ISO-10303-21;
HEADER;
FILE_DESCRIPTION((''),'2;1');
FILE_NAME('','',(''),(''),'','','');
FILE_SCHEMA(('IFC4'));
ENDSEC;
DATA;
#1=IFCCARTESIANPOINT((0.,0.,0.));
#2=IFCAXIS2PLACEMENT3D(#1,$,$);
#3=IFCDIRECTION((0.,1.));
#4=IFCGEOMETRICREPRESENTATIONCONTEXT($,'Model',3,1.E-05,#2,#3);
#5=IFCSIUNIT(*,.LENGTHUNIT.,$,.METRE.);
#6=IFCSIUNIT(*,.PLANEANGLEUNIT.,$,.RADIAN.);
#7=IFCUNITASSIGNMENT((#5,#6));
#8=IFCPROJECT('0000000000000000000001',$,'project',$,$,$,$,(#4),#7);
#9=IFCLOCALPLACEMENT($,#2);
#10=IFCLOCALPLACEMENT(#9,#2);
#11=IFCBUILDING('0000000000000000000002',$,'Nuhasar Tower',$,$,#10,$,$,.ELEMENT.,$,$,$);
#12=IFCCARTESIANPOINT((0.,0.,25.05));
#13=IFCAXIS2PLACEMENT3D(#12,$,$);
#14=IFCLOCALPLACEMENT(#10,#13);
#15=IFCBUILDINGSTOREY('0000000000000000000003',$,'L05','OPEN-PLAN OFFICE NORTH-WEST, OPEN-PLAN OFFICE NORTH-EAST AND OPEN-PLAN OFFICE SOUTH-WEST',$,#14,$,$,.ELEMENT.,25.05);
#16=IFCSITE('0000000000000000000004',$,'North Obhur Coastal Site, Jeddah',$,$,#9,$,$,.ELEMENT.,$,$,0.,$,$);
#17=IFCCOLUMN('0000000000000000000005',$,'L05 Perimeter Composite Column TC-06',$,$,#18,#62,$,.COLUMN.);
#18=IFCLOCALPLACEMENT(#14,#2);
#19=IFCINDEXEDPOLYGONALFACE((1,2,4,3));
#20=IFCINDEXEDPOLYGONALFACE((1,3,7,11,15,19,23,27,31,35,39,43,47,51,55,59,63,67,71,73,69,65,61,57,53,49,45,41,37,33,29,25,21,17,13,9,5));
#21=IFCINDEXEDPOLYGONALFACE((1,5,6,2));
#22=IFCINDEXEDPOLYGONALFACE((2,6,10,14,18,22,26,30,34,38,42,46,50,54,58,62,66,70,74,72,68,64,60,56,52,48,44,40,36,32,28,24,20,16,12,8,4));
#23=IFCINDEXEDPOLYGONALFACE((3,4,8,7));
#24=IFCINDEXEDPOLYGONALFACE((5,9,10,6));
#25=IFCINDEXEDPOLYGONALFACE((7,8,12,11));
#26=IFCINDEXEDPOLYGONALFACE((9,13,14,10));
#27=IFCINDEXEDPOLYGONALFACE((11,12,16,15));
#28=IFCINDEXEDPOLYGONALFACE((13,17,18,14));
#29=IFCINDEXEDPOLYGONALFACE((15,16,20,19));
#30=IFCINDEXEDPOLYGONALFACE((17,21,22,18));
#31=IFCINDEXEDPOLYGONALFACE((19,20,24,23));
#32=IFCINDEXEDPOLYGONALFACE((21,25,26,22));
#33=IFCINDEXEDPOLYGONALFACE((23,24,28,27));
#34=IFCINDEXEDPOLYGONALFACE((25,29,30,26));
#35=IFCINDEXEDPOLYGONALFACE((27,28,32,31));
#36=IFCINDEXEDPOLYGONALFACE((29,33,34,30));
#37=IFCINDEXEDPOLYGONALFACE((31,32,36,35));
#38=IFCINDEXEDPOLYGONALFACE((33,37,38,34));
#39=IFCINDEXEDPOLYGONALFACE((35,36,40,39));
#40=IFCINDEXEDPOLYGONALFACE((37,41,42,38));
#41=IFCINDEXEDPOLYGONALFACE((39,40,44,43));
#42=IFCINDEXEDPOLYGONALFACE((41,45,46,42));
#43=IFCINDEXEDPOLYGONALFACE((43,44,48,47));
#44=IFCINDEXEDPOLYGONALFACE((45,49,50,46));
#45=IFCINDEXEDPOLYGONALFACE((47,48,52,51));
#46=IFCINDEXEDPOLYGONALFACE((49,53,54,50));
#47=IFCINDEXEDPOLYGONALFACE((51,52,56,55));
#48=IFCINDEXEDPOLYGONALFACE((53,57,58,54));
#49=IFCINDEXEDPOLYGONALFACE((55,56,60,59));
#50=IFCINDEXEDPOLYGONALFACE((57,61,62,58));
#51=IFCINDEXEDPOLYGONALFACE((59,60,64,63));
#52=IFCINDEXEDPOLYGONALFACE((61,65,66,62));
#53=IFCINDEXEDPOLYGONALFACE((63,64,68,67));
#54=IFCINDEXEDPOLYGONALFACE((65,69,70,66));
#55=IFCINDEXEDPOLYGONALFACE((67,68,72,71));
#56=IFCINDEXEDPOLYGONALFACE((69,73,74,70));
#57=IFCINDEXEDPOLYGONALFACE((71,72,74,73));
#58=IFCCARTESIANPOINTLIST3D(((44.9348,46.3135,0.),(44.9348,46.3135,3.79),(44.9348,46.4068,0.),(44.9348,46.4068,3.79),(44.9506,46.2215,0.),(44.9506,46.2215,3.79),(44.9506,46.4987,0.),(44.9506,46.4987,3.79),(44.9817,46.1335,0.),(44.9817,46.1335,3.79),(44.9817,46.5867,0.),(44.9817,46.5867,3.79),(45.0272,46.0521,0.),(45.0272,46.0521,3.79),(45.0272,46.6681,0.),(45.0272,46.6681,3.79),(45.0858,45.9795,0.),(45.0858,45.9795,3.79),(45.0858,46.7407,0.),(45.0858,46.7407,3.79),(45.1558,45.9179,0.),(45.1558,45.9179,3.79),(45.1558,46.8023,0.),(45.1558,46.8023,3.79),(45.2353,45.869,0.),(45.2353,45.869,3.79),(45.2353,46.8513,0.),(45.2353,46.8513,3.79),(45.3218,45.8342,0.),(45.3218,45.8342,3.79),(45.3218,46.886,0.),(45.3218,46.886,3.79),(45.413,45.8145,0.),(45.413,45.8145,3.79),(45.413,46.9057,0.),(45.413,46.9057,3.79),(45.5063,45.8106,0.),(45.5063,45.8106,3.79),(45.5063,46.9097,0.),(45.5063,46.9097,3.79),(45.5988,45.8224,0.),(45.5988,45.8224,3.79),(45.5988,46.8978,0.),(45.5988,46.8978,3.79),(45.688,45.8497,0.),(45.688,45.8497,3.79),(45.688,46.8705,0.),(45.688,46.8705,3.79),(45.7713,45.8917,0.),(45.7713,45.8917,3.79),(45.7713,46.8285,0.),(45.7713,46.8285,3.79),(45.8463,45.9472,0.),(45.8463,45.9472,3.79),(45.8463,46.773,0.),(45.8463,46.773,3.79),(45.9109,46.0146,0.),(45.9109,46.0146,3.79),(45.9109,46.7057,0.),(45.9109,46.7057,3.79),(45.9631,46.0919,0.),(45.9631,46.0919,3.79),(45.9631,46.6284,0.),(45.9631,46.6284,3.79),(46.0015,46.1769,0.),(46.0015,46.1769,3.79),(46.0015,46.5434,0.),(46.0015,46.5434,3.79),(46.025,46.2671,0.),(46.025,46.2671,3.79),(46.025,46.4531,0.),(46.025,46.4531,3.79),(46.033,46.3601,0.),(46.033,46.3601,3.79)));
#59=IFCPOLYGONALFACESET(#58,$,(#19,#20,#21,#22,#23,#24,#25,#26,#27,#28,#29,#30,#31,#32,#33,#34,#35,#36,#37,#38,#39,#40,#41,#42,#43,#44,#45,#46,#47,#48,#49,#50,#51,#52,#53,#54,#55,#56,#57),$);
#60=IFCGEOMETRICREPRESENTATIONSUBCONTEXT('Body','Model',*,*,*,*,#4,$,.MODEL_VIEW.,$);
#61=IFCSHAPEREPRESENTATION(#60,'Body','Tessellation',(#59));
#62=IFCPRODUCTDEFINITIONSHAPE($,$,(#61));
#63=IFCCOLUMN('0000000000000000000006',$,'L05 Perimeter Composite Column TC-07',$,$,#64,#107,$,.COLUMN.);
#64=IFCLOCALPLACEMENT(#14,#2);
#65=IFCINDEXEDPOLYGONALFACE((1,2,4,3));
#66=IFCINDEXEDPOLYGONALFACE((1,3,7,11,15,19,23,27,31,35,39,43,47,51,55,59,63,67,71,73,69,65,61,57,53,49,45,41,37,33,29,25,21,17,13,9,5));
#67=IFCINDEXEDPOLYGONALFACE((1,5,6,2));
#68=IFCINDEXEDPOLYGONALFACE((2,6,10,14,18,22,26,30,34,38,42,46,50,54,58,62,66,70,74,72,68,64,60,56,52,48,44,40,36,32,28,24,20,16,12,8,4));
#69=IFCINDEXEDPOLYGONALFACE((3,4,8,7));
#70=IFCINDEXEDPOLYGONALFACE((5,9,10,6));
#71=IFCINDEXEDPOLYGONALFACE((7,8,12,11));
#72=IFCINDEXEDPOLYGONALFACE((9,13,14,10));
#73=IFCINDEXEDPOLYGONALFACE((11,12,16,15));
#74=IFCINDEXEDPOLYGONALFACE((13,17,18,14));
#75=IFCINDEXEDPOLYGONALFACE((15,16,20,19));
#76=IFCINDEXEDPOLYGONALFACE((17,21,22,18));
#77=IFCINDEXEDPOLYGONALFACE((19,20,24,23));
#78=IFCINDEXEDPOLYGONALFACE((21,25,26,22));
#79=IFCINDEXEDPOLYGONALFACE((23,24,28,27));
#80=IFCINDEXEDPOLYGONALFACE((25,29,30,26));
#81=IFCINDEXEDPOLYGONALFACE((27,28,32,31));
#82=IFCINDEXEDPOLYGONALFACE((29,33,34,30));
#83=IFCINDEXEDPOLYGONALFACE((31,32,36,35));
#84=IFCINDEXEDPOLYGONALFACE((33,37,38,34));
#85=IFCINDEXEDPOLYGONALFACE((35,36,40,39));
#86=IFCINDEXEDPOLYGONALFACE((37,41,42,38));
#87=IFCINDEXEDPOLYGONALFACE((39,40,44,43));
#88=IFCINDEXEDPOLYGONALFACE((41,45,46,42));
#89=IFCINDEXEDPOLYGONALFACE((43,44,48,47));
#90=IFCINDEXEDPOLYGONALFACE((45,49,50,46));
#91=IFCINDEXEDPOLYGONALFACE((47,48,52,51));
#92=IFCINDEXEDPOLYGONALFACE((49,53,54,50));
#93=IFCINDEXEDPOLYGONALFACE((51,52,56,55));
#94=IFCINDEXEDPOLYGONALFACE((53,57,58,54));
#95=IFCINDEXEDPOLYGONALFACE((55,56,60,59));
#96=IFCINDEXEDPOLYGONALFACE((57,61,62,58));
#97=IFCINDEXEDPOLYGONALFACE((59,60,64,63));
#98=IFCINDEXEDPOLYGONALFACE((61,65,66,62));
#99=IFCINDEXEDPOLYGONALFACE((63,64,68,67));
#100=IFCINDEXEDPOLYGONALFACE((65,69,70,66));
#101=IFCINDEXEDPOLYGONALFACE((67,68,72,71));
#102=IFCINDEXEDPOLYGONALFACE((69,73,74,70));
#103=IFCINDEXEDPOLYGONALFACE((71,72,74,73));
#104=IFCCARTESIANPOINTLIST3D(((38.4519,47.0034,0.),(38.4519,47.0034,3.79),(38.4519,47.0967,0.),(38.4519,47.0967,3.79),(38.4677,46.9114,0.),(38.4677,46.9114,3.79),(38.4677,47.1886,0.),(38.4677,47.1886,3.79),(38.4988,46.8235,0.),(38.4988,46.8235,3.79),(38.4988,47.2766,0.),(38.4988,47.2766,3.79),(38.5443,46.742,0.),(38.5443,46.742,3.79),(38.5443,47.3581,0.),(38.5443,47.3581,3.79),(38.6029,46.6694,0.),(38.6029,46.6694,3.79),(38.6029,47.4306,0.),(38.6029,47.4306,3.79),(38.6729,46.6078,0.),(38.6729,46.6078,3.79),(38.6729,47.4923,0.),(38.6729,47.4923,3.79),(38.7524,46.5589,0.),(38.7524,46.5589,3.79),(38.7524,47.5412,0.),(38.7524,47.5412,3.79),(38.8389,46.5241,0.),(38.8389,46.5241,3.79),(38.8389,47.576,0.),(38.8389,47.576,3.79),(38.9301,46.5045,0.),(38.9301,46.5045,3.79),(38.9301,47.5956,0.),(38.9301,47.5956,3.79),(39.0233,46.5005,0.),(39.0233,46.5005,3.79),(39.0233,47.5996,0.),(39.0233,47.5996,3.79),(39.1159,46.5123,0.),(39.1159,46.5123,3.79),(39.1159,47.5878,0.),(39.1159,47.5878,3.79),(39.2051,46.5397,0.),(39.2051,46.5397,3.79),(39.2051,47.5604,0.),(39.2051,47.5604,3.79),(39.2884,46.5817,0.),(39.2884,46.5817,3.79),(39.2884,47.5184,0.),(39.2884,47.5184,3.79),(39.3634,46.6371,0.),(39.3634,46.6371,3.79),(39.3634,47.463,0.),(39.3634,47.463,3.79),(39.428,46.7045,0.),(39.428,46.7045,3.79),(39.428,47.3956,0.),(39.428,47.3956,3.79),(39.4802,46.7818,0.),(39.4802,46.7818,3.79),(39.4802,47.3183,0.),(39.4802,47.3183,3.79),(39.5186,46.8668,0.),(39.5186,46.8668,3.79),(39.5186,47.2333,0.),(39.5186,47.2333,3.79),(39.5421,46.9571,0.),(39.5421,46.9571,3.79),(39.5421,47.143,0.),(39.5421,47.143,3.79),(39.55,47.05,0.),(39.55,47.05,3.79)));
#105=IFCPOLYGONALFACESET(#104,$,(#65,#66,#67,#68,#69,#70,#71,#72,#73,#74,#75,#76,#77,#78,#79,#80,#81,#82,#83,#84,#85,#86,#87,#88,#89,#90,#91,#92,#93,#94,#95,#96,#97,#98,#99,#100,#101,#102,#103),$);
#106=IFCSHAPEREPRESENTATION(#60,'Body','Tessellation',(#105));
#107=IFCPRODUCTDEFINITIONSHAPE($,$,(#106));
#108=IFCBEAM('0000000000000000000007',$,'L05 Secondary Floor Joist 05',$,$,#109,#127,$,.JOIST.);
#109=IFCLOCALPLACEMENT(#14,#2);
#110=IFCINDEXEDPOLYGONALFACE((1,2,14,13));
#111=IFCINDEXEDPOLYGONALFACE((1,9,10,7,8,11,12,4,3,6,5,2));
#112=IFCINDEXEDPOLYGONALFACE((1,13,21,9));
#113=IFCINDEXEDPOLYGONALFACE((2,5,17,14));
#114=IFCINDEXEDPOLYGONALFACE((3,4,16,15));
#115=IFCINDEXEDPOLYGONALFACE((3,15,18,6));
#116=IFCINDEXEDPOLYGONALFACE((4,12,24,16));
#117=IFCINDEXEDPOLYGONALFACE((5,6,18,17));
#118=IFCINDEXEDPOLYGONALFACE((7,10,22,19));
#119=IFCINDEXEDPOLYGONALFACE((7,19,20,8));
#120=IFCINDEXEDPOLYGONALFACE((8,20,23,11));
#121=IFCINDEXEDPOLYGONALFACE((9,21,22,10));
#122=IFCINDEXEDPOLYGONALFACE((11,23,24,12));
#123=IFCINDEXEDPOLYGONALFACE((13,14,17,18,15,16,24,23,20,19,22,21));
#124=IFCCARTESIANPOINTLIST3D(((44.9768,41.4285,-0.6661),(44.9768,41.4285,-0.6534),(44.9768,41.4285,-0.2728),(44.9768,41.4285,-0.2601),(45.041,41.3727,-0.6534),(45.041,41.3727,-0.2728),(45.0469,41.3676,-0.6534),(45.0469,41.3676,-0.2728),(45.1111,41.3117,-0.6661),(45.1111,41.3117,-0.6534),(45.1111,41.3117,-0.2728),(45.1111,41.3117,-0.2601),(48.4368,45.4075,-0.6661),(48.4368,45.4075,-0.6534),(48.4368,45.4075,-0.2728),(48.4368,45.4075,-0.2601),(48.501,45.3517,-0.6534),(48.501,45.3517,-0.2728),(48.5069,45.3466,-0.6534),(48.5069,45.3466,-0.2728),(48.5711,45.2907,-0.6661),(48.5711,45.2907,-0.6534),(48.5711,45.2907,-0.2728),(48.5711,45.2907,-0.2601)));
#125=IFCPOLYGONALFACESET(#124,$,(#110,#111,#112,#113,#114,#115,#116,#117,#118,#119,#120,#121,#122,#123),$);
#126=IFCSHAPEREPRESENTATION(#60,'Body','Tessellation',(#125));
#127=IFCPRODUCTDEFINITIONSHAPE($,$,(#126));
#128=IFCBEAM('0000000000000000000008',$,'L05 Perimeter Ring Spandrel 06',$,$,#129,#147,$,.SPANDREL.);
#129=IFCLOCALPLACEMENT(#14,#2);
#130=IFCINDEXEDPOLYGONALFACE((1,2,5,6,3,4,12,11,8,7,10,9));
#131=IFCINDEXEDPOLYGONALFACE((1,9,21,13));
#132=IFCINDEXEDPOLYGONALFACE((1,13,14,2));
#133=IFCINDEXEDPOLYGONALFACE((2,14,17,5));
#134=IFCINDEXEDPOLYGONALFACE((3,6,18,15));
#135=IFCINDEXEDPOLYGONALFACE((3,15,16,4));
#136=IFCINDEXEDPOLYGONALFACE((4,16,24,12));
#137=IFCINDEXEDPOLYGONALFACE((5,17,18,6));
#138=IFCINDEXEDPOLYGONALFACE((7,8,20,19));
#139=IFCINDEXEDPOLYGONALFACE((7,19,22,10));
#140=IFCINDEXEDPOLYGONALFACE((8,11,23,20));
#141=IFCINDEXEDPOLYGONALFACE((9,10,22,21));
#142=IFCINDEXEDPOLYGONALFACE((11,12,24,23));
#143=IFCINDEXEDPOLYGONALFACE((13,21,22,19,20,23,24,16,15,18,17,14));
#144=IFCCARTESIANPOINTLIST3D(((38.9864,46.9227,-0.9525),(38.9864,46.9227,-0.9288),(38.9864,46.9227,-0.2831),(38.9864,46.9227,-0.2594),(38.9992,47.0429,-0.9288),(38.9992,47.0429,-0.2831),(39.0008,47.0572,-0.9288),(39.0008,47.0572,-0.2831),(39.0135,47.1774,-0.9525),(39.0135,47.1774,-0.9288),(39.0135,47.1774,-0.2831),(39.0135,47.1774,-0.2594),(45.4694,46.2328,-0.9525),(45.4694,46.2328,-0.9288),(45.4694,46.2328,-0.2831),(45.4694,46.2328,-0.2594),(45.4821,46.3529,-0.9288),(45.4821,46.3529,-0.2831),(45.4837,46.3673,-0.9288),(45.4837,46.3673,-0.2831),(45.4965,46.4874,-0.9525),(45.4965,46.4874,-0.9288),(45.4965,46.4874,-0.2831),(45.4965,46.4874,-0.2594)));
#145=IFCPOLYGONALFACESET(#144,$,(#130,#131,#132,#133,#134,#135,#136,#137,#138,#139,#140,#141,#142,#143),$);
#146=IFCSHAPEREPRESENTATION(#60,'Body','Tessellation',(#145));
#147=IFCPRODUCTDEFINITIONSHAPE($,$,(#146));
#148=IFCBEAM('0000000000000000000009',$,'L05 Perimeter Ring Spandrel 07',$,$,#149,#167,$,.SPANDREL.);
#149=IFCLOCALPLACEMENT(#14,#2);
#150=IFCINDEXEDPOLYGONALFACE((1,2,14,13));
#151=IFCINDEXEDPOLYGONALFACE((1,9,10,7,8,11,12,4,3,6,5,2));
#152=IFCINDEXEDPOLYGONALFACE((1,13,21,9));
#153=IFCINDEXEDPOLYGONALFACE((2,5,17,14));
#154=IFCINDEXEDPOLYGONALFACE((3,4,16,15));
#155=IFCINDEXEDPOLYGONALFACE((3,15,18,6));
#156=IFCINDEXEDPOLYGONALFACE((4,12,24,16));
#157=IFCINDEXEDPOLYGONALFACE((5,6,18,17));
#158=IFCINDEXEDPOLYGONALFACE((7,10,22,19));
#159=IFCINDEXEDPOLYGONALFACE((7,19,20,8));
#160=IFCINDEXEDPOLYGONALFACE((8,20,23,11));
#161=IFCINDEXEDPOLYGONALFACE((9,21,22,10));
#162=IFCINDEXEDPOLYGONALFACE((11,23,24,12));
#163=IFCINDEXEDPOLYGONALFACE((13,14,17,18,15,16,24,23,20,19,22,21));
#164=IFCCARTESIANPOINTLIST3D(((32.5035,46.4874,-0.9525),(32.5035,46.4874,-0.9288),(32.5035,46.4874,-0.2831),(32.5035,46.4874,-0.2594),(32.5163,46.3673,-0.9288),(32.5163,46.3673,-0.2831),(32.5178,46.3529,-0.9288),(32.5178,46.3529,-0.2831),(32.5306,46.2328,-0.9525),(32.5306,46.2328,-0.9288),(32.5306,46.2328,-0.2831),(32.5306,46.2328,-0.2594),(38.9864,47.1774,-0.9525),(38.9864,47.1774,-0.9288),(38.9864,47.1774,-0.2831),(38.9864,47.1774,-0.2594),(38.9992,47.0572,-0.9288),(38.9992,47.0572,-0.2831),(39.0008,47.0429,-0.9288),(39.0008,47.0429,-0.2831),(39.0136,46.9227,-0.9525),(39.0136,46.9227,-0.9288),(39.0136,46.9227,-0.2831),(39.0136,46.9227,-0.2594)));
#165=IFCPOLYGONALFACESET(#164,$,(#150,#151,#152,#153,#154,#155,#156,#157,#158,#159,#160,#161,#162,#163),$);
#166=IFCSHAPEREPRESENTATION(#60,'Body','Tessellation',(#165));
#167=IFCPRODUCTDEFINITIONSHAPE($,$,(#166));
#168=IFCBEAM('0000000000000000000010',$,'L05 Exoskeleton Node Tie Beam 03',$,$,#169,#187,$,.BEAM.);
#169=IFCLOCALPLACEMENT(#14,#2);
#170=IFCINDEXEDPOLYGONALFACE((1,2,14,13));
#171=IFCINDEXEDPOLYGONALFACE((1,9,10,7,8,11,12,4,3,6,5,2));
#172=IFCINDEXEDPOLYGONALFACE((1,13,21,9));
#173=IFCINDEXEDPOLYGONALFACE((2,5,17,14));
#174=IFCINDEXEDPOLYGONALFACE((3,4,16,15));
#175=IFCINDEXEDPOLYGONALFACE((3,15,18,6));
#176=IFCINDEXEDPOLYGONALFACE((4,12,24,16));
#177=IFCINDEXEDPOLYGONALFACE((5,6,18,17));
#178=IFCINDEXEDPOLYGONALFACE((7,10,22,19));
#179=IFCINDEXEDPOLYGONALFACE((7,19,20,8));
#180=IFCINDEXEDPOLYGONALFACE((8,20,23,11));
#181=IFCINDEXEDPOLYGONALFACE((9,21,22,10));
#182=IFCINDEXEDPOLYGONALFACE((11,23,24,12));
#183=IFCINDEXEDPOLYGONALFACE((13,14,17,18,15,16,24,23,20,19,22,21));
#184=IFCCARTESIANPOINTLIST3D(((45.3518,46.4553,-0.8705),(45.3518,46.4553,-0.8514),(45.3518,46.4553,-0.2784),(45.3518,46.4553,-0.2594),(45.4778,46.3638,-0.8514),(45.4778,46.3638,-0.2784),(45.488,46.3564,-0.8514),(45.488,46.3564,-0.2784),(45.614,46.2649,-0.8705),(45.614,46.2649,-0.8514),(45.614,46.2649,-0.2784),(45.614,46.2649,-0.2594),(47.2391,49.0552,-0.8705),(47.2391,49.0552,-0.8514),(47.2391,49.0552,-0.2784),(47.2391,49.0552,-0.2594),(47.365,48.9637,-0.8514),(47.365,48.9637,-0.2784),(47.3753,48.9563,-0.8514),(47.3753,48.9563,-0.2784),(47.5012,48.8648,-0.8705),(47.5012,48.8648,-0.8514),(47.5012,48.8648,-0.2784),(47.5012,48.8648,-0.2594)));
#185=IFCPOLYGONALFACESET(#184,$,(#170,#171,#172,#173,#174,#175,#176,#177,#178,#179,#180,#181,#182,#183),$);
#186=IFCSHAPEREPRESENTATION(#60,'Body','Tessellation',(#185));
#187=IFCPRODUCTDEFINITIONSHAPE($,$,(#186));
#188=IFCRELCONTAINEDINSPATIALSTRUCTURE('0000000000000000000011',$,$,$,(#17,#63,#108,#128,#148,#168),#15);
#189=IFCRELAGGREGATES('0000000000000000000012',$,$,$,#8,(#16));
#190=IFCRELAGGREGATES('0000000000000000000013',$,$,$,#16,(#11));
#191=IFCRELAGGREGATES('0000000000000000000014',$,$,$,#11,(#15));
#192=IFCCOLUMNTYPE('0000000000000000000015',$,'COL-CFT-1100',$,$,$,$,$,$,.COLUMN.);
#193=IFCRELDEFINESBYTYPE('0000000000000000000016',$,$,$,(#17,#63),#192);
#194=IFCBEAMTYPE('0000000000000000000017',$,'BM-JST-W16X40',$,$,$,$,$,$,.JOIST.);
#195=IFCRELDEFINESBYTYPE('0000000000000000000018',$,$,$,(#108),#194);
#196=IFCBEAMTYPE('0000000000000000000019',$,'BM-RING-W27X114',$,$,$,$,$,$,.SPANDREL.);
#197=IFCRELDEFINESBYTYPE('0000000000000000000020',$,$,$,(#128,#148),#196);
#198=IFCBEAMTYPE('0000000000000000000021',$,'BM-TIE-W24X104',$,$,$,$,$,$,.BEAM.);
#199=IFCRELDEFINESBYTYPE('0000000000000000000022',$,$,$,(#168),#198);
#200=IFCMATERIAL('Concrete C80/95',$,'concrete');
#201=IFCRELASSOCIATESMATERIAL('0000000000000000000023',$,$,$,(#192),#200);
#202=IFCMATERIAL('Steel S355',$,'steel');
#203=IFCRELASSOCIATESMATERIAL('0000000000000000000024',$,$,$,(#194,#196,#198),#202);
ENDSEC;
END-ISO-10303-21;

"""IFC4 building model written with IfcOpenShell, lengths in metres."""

from ifc_helpers import new_model, si_unit, direction, frame, origin, origin_2d, place, context, subcontext, project, spatial, circle, i_section, extrude, material, material_profile, profile_set, type_object, element, save


model = new_model("IFC4")

# Units and contexts
model_context = context("Model", 3, precision=1e-05, world=origin(), true_north=direction((0.0, 1.0)))
body_context = subcontext(model_context, "Body", "Model", "MODEL_VIEW")
ifc_project = project(units=[si_unit("LENGTHUNIT", "METRE"), si_unit("PLANEANGLEUNIT", "RADIAN")], contexts=[model_context])

# Site, building, storey
site_placement = place(None, origin())
site = spatial("IfcSite", under=ifc_project, at=site_placement, Name="North Obhur Coastal Site, Jeddah", CompositionType="ELEMENT", RefElevation=0.0)
building_placement = place(site_placement, origin())
building = spatial("IfcBuilding", under=site, at=building_placement, Name="Nuhasar Tower", CompositionType="ELEMENT")
storey_placement = place(building_placement, frame((0.0, 0.0, 25.05)))
storey = spatial("IfcBuildingStorey", under=building, at=storey_placement, Name="L05", Description="OPEN-PLAN OFFICE NORTH-WEST, OPEN-PLAN OFFICE NORTH-EAST AND OPEN-PLAN OFFICE SOUTH-WEST", CompositionType="ELEMENT", Elevation=25.05)

# Columns
ifc_material_1 = material(Name="Concrete C80/95", Category="concrete")
ifc_material_profile_1 = material_profile(ifc_material_1, circle(Radius=0.55, at=origin_2d()), Name="CFT1100")
ifc_profile_set_1 = profile_set([ifc_material_profile_1], Name="Concrete C80/95")
column_type = type_object("IfcColumnType", Name="COL-CFT-1100", PredefinedType="COLUMN", material=ifc_profile_set_1)
for number, where, z_axis, x_axis, name in (
    (1, (45.4829, 46.3601, 0.0), (0.0, 0.0, 1.0), (1.0, 0.0, 0.0), "L05 Perimeter Composite Column TC-06"),
    (2, (39.0, 47.05, 0.0), (0.0, 0.0, 1.0), (1.0, 0.0, 0.0), "L05 Perimeter Composite Column TC-07"),
):
    element("IfcColumn", number, at=place(storey_placement, frame(where, z_axis=z_axis, x_axis=x_axis)), inside=storey, type_object=column_type, Name=name, PredefinedType="COLUMN", context=body_context, shape_type="SweptSolid", body=[
        extrude(circle(Radius=0.55, at=origin_2d()), origin(), (0.0, 0.0, 1.0), 3.79),
    ])

# Beams
ifc_material_2 = material(Name="Steel S355", Category="steel")
ifc_material_profile_2 = material_profile(ifc_material_2, i_section(OverallWidth=0.178, OverallDepth=0.406, WebThickness=0.0078, FlangeThickness=0.0127, at=origin_2d()), Name="W16X40")
ifc_profile_set_2 = profile_set([ifc_material_profile_2], Name="Steel S355")
beam_type_1 = type_object("IfcBeamType", Name="BM-JST-W16X40", PredefinedType="JOIST", material=ifc_profile_set_2)
beam_1_placement = place(storey_placement, frame((45.0439, 41.3701, -0.4631), z_axis=(0.656174, 0.75461, 0.0), x_axis=(-0.75461, 0.656174, 0.0)))
element("IfcBeam", 3, at=beam_1_placement, inside=storey, type_object=beam_type_1, Name="L05 Secondary Floor Joist 05", PredefinedType="JOIST", context=body_context, shape_type="SweptSolid", body=[
    extrude(i_section(OverallWidth=0.178, OverallDepth=0.406, WebThickness=0.0078, FlangeThickness=0.0127, at=origin_2d()), origin(), (0.0, 0.0, 1.0), 5.2729),
])
ifc_material_profile_3 = material_profile(ifc_material_2, i_section(OverallWidth=0.2561, OverallDepth=0.6931, WebThickness=0.0144, FlangeThickness=0.0237, at=origin_2d()), Name="W27X114")
ifc_profile_set_3 = profile_set([ifc_material_profile_3], Name="Steel S355")
beam_type_2 = type_object("IfcBeamType", Name="BM-RING-W27X114", PredefinedType="SPANDREL", material=ifc_profile_set_3)
for number, where, z_axis, x_axis, name in (
    (4, (45.4829, 46.3601, -0.606), (-0.994385, 0.105827, 0.0), (-0.105827, -0.994385, 0.0), "L05 Perimeter Ring Spandrel 06"),
    (5, (39.0, 47.05, -0.606), (-0.994385, -0.105827, 0.0), (0.105827, -0.994385, 0.0), "L05 Perimeter Ring Spandrel 07"),
):
    element("IfcBeam", number, at=place(storey_placement, frame(where, z_axis=z_axis, x_axis=x_axis)), inside=storey, type_object=beam_type_2, Name=name, PredefinedType="SPANDREL", context=body_context, shape_type="SweptSolid", body=[
        extrude(i_section(OverallWidth=0.2561, OverallDepth=0.6931, WebThickness=0.0144, FlangeThickness=0.0237, at=origin_2d()), origin(), (0.0, 0.0, 1.0), 6.5195),
    ])
ifc_material_profile_4 = material_profile(ifc_material_2, i_section(OverallWidth=0.324, OverallDepth=0.6111, WebThickness=0.0127, FlangeThickness=0.019, at=origin_2d()), Name="W24X104")
ifc_profile_set_4 = profile_set([ifc_material_profile_4], Name="Steel S355")
beam_type_3 = type_object("IfcBeamType", Name="BM-TIE-W24X104", PredefinedType="BEAM", material=ifc_profile_set_4)
beam_2_placement = place(storey_placement, frame((45.4829, 46.3601, -0.5649), z_axis=(0.587439, 0.809268, 0.0), x_axis=(-0.809268, 0.587439, 0.0)))
element("IfcBeam", 6, at=beam_2_placement, inside=storey, type_object=beam_type_3, Name="L05 Exoskeleton Node Tie Beam 03", PredefinedType="BEAM", context=body_context, shape_type="SweptSolid", body=[
    extrude(i_section(OverallWidth=0.324, OverallDepth=0.6111, WebThickness=0.0127, FlangeThickness=0.019, at=origin_2d()), origin(), (0.0, 0.0, 1.0), 3.2126),
])

save(model, "model.ifc")
